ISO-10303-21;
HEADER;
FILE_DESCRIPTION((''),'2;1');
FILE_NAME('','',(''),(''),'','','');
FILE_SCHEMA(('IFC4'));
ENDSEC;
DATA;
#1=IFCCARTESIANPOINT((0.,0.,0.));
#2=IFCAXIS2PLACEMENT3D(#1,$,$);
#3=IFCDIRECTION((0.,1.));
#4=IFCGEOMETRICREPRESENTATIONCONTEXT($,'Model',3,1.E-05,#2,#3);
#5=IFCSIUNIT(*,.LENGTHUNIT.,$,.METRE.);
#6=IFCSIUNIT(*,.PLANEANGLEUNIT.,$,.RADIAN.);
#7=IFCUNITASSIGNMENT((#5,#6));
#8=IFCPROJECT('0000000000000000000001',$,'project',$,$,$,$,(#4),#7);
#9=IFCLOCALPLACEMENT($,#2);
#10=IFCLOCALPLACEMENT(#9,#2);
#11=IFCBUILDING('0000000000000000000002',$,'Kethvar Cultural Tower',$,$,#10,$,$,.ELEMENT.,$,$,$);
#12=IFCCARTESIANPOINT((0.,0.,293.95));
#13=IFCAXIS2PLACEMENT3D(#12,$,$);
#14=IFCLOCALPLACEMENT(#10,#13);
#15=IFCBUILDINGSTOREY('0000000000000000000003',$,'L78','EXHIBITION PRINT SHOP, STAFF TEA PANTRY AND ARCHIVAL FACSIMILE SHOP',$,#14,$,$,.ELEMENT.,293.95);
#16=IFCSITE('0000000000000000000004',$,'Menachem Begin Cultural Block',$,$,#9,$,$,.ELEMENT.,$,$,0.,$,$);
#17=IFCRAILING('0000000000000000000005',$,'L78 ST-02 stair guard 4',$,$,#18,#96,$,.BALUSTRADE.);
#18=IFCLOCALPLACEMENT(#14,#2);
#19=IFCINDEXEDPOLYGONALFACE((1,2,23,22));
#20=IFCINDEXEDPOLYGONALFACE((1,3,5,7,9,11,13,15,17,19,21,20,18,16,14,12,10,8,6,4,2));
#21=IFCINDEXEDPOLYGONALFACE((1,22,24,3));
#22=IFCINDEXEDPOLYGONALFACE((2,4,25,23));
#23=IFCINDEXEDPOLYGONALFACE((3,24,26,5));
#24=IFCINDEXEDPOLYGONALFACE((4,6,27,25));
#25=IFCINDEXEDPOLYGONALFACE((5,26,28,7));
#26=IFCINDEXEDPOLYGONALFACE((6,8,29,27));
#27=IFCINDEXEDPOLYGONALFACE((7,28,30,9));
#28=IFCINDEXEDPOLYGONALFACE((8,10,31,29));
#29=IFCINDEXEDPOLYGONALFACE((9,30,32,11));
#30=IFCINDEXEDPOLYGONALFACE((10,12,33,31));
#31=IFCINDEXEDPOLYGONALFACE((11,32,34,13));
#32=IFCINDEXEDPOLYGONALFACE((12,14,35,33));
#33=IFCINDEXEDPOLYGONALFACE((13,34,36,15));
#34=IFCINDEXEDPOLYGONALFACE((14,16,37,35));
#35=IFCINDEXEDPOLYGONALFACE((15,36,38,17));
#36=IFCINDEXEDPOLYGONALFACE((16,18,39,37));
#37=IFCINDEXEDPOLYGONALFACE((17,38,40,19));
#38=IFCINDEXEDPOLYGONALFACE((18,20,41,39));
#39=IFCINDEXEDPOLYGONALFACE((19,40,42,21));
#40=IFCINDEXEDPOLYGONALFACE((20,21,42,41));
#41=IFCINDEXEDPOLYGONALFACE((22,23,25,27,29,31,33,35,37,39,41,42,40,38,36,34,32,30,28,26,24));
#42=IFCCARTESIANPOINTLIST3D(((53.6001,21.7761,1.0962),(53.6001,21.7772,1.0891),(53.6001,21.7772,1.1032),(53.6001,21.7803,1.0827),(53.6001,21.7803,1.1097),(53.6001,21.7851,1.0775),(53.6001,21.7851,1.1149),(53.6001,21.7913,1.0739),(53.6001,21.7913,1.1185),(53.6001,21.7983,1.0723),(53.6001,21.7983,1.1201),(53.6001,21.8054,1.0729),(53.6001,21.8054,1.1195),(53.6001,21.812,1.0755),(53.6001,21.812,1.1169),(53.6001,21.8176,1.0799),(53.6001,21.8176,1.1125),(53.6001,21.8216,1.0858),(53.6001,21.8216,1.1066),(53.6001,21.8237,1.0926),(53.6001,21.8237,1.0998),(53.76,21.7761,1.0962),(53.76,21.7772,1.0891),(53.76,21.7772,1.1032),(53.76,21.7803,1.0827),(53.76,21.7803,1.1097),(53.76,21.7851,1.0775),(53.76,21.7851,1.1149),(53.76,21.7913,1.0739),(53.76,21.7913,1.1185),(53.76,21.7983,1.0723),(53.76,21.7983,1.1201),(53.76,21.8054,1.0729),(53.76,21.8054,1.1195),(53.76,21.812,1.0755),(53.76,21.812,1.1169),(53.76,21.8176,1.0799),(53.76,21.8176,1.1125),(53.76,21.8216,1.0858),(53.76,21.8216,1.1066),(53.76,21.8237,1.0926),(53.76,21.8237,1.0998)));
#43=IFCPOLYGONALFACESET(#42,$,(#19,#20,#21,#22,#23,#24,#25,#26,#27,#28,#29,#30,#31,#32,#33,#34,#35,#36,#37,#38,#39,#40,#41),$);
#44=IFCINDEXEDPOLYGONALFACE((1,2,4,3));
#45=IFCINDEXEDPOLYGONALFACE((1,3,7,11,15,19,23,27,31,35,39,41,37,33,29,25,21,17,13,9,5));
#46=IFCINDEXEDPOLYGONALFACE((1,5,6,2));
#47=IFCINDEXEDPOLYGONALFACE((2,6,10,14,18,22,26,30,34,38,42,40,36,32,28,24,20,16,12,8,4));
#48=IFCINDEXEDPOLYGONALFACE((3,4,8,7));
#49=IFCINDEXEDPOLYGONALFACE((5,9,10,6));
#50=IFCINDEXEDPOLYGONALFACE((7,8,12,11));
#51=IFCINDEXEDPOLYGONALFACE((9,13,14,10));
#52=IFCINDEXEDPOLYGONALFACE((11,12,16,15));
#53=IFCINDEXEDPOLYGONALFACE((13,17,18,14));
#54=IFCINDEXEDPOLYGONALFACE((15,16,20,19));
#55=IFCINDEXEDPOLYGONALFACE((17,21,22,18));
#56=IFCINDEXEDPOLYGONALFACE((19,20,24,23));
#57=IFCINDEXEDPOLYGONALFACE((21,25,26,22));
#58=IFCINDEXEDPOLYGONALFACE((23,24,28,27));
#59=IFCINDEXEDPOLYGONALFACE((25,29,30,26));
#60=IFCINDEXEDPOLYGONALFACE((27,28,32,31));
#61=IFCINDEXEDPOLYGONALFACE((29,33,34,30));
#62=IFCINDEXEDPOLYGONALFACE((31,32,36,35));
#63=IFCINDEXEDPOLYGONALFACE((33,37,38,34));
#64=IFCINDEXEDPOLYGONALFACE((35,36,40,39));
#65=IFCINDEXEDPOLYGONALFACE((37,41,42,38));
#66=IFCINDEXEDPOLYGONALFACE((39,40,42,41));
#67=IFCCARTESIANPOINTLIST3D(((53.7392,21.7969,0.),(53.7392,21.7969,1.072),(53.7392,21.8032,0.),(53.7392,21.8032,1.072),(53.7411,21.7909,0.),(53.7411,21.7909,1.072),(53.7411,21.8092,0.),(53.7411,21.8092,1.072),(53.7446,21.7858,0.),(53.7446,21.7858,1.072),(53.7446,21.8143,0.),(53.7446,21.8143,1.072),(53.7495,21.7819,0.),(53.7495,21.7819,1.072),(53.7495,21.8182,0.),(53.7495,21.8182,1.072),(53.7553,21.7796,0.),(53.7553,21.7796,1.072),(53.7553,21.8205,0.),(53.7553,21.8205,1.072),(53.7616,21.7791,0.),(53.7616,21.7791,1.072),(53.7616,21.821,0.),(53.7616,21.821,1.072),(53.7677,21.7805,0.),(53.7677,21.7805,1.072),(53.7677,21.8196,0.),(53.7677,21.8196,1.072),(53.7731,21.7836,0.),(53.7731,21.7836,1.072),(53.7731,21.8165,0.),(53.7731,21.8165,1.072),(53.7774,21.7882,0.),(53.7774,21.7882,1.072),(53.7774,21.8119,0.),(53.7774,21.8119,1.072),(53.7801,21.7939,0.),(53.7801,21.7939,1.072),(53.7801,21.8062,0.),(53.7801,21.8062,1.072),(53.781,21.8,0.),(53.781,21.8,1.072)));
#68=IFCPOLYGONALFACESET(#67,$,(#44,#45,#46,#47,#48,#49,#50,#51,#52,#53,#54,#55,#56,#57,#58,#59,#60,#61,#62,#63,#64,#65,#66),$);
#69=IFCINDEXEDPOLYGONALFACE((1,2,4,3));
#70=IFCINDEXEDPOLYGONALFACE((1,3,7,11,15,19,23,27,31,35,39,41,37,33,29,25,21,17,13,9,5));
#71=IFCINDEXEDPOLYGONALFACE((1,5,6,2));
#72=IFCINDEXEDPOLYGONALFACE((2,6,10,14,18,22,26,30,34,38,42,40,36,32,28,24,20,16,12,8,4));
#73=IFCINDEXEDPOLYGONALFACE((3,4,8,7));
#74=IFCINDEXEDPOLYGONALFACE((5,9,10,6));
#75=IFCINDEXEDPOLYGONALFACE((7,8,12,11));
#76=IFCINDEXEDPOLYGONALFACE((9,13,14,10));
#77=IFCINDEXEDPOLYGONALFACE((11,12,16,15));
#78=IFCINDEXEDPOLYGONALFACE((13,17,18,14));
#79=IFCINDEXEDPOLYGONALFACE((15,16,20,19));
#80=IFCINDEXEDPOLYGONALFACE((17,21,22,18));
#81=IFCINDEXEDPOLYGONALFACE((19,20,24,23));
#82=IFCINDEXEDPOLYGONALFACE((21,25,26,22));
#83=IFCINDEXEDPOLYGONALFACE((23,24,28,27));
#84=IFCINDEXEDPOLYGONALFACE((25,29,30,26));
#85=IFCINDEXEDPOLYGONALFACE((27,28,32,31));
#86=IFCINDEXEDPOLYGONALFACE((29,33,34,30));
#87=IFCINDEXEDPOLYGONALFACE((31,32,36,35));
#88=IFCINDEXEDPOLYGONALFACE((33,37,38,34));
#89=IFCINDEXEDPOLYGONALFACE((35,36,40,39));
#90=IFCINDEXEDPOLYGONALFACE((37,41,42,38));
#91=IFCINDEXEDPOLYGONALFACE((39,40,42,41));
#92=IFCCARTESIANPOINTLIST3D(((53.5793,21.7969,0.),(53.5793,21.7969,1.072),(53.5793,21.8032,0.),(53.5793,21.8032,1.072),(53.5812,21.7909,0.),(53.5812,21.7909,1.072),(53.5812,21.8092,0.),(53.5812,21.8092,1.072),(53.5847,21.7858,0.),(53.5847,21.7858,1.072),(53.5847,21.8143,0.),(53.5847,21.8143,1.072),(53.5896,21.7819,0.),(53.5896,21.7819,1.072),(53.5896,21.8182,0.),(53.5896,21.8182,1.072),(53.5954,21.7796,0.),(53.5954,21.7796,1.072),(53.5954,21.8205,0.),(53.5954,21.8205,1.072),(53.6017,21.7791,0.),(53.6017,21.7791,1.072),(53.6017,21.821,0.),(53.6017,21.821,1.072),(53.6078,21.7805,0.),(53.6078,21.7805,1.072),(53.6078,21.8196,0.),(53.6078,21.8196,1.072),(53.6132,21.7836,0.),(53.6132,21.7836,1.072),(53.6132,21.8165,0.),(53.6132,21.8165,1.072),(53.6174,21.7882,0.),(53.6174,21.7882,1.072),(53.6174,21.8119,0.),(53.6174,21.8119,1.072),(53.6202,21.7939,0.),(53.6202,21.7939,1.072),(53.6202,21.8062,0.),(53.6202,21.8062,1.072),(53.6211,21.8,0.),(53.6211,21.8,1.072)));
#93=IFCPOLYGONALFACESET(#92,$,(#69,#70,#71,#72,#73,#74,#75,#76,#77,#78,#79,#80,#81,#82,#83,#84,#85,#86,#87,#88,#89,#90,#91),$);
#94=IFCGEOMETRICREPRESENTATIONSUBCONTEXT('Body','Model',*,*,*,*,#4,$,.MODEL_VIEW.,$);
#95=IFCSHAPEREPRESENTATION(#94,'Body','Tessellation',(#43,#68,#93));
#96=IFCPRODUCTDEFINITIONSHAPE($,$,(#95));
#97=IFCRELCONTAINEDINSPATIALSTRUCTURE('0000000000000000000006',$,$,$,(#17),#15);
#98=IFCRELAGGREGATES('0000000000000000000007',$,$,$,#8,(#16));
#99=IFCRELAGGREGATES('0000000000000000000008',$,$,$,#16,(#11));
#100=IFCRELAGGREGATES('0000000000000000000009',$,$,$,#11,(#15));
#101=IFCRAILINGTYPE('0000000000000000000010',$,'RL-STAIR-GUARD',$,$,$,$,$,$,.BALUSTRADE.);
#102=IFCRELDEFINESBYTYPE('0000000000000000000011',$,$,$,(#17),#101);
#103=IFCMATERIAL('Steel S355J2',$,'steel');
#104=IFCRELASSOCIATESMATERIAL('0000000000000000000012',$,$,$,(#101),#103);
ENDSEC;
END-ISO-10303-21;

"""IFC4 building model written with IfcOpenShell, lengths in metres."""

from ifc_helpers import new_model, si_unit, direction, frame, origin, origin_2d, place, context, subcontext, project, spatial, circle, extrude, material, type_object, element, save


model = new_model("IFC4")

# Units and contexts
model_context = context("Model", 3, precision=1e-05, world=origin(), true_north=direction((0.0, 1.0)))
body_context = subcontext(model_context, "Body", "Model", "MODEL_VIEW")
ifc_project = project(units=[si_unit("LENGTHUNIT", "METRE"), si_unit("PLANEANGLEUNIT", "RADIAN")], contexts=[model_context])

# Site, building, storey
site_placement = place(None, origin())
site = spatial("IfcSite", under=ifc_project, at=site_placement, Name="Menachem Begin Cultural Block", CompositionType="ELEMENT", RefElevation=0.0)
building_placement = place(site_placement, origin())
building = spatial("IfcBuilding", under=site, at=building_placement, Name="Kethvar Cultural Tower", CompositionType="ELEMENT")
storey_placement = place(building_placement, frame((0.0, 0.0, 293.95)))
storey = spatial("IfcBuildingStorey", under=building, at=storey_placement, Name="L78", Description="EXHIBITION PRINT SHOP, STAFF TEA PANTRY AND ARCHIVAL FACSIMILE SHOP", CompositionType="ELEMENT", Elevation=293.95)

# Shared definitions
ifc_material_1 = material(Name="Steel S355J2", Category="steel")

# Railing
railing_type_1 = type_object("IfcRailingType", Name="RL-STAIR-GUARD", PredefinedType="BALUSTRADE", material=ifc_material_1)
railing_1_placement = place(storey_placement, frame((53.76, 21.8, 0.0)))
element("IfcRailing", 1, at=railing_1_placement, inside=storey, type_object=railing_type_1, Name="L78 ST-02 stair guard 4", PredefinedType="BALUSTRADE", context=body_context, shape_type="SweptSolid", body=[
    extrude(circle(Radius=0.0239, at=origin_2d()), frame((0.0, 0.0, 1.0962), z_axis=(-1.0, 0.0, 0.0), x_axis=(0.0, -1.0, 0.0)), (0.0, 0.0, 1.0), 0.1599),
    extrude(circle(Radius=0.021, at=origin_2d()), origin(), (0.0, 0.0, 1.0), 1.072),
    extrude(circle(Radius=0.021, at=origin_2d()), frame((-0.1599, 0.0, 0.0)), (0.0, 0.0, 1.0), 1.072),
])

save(model, "model.ifc")
